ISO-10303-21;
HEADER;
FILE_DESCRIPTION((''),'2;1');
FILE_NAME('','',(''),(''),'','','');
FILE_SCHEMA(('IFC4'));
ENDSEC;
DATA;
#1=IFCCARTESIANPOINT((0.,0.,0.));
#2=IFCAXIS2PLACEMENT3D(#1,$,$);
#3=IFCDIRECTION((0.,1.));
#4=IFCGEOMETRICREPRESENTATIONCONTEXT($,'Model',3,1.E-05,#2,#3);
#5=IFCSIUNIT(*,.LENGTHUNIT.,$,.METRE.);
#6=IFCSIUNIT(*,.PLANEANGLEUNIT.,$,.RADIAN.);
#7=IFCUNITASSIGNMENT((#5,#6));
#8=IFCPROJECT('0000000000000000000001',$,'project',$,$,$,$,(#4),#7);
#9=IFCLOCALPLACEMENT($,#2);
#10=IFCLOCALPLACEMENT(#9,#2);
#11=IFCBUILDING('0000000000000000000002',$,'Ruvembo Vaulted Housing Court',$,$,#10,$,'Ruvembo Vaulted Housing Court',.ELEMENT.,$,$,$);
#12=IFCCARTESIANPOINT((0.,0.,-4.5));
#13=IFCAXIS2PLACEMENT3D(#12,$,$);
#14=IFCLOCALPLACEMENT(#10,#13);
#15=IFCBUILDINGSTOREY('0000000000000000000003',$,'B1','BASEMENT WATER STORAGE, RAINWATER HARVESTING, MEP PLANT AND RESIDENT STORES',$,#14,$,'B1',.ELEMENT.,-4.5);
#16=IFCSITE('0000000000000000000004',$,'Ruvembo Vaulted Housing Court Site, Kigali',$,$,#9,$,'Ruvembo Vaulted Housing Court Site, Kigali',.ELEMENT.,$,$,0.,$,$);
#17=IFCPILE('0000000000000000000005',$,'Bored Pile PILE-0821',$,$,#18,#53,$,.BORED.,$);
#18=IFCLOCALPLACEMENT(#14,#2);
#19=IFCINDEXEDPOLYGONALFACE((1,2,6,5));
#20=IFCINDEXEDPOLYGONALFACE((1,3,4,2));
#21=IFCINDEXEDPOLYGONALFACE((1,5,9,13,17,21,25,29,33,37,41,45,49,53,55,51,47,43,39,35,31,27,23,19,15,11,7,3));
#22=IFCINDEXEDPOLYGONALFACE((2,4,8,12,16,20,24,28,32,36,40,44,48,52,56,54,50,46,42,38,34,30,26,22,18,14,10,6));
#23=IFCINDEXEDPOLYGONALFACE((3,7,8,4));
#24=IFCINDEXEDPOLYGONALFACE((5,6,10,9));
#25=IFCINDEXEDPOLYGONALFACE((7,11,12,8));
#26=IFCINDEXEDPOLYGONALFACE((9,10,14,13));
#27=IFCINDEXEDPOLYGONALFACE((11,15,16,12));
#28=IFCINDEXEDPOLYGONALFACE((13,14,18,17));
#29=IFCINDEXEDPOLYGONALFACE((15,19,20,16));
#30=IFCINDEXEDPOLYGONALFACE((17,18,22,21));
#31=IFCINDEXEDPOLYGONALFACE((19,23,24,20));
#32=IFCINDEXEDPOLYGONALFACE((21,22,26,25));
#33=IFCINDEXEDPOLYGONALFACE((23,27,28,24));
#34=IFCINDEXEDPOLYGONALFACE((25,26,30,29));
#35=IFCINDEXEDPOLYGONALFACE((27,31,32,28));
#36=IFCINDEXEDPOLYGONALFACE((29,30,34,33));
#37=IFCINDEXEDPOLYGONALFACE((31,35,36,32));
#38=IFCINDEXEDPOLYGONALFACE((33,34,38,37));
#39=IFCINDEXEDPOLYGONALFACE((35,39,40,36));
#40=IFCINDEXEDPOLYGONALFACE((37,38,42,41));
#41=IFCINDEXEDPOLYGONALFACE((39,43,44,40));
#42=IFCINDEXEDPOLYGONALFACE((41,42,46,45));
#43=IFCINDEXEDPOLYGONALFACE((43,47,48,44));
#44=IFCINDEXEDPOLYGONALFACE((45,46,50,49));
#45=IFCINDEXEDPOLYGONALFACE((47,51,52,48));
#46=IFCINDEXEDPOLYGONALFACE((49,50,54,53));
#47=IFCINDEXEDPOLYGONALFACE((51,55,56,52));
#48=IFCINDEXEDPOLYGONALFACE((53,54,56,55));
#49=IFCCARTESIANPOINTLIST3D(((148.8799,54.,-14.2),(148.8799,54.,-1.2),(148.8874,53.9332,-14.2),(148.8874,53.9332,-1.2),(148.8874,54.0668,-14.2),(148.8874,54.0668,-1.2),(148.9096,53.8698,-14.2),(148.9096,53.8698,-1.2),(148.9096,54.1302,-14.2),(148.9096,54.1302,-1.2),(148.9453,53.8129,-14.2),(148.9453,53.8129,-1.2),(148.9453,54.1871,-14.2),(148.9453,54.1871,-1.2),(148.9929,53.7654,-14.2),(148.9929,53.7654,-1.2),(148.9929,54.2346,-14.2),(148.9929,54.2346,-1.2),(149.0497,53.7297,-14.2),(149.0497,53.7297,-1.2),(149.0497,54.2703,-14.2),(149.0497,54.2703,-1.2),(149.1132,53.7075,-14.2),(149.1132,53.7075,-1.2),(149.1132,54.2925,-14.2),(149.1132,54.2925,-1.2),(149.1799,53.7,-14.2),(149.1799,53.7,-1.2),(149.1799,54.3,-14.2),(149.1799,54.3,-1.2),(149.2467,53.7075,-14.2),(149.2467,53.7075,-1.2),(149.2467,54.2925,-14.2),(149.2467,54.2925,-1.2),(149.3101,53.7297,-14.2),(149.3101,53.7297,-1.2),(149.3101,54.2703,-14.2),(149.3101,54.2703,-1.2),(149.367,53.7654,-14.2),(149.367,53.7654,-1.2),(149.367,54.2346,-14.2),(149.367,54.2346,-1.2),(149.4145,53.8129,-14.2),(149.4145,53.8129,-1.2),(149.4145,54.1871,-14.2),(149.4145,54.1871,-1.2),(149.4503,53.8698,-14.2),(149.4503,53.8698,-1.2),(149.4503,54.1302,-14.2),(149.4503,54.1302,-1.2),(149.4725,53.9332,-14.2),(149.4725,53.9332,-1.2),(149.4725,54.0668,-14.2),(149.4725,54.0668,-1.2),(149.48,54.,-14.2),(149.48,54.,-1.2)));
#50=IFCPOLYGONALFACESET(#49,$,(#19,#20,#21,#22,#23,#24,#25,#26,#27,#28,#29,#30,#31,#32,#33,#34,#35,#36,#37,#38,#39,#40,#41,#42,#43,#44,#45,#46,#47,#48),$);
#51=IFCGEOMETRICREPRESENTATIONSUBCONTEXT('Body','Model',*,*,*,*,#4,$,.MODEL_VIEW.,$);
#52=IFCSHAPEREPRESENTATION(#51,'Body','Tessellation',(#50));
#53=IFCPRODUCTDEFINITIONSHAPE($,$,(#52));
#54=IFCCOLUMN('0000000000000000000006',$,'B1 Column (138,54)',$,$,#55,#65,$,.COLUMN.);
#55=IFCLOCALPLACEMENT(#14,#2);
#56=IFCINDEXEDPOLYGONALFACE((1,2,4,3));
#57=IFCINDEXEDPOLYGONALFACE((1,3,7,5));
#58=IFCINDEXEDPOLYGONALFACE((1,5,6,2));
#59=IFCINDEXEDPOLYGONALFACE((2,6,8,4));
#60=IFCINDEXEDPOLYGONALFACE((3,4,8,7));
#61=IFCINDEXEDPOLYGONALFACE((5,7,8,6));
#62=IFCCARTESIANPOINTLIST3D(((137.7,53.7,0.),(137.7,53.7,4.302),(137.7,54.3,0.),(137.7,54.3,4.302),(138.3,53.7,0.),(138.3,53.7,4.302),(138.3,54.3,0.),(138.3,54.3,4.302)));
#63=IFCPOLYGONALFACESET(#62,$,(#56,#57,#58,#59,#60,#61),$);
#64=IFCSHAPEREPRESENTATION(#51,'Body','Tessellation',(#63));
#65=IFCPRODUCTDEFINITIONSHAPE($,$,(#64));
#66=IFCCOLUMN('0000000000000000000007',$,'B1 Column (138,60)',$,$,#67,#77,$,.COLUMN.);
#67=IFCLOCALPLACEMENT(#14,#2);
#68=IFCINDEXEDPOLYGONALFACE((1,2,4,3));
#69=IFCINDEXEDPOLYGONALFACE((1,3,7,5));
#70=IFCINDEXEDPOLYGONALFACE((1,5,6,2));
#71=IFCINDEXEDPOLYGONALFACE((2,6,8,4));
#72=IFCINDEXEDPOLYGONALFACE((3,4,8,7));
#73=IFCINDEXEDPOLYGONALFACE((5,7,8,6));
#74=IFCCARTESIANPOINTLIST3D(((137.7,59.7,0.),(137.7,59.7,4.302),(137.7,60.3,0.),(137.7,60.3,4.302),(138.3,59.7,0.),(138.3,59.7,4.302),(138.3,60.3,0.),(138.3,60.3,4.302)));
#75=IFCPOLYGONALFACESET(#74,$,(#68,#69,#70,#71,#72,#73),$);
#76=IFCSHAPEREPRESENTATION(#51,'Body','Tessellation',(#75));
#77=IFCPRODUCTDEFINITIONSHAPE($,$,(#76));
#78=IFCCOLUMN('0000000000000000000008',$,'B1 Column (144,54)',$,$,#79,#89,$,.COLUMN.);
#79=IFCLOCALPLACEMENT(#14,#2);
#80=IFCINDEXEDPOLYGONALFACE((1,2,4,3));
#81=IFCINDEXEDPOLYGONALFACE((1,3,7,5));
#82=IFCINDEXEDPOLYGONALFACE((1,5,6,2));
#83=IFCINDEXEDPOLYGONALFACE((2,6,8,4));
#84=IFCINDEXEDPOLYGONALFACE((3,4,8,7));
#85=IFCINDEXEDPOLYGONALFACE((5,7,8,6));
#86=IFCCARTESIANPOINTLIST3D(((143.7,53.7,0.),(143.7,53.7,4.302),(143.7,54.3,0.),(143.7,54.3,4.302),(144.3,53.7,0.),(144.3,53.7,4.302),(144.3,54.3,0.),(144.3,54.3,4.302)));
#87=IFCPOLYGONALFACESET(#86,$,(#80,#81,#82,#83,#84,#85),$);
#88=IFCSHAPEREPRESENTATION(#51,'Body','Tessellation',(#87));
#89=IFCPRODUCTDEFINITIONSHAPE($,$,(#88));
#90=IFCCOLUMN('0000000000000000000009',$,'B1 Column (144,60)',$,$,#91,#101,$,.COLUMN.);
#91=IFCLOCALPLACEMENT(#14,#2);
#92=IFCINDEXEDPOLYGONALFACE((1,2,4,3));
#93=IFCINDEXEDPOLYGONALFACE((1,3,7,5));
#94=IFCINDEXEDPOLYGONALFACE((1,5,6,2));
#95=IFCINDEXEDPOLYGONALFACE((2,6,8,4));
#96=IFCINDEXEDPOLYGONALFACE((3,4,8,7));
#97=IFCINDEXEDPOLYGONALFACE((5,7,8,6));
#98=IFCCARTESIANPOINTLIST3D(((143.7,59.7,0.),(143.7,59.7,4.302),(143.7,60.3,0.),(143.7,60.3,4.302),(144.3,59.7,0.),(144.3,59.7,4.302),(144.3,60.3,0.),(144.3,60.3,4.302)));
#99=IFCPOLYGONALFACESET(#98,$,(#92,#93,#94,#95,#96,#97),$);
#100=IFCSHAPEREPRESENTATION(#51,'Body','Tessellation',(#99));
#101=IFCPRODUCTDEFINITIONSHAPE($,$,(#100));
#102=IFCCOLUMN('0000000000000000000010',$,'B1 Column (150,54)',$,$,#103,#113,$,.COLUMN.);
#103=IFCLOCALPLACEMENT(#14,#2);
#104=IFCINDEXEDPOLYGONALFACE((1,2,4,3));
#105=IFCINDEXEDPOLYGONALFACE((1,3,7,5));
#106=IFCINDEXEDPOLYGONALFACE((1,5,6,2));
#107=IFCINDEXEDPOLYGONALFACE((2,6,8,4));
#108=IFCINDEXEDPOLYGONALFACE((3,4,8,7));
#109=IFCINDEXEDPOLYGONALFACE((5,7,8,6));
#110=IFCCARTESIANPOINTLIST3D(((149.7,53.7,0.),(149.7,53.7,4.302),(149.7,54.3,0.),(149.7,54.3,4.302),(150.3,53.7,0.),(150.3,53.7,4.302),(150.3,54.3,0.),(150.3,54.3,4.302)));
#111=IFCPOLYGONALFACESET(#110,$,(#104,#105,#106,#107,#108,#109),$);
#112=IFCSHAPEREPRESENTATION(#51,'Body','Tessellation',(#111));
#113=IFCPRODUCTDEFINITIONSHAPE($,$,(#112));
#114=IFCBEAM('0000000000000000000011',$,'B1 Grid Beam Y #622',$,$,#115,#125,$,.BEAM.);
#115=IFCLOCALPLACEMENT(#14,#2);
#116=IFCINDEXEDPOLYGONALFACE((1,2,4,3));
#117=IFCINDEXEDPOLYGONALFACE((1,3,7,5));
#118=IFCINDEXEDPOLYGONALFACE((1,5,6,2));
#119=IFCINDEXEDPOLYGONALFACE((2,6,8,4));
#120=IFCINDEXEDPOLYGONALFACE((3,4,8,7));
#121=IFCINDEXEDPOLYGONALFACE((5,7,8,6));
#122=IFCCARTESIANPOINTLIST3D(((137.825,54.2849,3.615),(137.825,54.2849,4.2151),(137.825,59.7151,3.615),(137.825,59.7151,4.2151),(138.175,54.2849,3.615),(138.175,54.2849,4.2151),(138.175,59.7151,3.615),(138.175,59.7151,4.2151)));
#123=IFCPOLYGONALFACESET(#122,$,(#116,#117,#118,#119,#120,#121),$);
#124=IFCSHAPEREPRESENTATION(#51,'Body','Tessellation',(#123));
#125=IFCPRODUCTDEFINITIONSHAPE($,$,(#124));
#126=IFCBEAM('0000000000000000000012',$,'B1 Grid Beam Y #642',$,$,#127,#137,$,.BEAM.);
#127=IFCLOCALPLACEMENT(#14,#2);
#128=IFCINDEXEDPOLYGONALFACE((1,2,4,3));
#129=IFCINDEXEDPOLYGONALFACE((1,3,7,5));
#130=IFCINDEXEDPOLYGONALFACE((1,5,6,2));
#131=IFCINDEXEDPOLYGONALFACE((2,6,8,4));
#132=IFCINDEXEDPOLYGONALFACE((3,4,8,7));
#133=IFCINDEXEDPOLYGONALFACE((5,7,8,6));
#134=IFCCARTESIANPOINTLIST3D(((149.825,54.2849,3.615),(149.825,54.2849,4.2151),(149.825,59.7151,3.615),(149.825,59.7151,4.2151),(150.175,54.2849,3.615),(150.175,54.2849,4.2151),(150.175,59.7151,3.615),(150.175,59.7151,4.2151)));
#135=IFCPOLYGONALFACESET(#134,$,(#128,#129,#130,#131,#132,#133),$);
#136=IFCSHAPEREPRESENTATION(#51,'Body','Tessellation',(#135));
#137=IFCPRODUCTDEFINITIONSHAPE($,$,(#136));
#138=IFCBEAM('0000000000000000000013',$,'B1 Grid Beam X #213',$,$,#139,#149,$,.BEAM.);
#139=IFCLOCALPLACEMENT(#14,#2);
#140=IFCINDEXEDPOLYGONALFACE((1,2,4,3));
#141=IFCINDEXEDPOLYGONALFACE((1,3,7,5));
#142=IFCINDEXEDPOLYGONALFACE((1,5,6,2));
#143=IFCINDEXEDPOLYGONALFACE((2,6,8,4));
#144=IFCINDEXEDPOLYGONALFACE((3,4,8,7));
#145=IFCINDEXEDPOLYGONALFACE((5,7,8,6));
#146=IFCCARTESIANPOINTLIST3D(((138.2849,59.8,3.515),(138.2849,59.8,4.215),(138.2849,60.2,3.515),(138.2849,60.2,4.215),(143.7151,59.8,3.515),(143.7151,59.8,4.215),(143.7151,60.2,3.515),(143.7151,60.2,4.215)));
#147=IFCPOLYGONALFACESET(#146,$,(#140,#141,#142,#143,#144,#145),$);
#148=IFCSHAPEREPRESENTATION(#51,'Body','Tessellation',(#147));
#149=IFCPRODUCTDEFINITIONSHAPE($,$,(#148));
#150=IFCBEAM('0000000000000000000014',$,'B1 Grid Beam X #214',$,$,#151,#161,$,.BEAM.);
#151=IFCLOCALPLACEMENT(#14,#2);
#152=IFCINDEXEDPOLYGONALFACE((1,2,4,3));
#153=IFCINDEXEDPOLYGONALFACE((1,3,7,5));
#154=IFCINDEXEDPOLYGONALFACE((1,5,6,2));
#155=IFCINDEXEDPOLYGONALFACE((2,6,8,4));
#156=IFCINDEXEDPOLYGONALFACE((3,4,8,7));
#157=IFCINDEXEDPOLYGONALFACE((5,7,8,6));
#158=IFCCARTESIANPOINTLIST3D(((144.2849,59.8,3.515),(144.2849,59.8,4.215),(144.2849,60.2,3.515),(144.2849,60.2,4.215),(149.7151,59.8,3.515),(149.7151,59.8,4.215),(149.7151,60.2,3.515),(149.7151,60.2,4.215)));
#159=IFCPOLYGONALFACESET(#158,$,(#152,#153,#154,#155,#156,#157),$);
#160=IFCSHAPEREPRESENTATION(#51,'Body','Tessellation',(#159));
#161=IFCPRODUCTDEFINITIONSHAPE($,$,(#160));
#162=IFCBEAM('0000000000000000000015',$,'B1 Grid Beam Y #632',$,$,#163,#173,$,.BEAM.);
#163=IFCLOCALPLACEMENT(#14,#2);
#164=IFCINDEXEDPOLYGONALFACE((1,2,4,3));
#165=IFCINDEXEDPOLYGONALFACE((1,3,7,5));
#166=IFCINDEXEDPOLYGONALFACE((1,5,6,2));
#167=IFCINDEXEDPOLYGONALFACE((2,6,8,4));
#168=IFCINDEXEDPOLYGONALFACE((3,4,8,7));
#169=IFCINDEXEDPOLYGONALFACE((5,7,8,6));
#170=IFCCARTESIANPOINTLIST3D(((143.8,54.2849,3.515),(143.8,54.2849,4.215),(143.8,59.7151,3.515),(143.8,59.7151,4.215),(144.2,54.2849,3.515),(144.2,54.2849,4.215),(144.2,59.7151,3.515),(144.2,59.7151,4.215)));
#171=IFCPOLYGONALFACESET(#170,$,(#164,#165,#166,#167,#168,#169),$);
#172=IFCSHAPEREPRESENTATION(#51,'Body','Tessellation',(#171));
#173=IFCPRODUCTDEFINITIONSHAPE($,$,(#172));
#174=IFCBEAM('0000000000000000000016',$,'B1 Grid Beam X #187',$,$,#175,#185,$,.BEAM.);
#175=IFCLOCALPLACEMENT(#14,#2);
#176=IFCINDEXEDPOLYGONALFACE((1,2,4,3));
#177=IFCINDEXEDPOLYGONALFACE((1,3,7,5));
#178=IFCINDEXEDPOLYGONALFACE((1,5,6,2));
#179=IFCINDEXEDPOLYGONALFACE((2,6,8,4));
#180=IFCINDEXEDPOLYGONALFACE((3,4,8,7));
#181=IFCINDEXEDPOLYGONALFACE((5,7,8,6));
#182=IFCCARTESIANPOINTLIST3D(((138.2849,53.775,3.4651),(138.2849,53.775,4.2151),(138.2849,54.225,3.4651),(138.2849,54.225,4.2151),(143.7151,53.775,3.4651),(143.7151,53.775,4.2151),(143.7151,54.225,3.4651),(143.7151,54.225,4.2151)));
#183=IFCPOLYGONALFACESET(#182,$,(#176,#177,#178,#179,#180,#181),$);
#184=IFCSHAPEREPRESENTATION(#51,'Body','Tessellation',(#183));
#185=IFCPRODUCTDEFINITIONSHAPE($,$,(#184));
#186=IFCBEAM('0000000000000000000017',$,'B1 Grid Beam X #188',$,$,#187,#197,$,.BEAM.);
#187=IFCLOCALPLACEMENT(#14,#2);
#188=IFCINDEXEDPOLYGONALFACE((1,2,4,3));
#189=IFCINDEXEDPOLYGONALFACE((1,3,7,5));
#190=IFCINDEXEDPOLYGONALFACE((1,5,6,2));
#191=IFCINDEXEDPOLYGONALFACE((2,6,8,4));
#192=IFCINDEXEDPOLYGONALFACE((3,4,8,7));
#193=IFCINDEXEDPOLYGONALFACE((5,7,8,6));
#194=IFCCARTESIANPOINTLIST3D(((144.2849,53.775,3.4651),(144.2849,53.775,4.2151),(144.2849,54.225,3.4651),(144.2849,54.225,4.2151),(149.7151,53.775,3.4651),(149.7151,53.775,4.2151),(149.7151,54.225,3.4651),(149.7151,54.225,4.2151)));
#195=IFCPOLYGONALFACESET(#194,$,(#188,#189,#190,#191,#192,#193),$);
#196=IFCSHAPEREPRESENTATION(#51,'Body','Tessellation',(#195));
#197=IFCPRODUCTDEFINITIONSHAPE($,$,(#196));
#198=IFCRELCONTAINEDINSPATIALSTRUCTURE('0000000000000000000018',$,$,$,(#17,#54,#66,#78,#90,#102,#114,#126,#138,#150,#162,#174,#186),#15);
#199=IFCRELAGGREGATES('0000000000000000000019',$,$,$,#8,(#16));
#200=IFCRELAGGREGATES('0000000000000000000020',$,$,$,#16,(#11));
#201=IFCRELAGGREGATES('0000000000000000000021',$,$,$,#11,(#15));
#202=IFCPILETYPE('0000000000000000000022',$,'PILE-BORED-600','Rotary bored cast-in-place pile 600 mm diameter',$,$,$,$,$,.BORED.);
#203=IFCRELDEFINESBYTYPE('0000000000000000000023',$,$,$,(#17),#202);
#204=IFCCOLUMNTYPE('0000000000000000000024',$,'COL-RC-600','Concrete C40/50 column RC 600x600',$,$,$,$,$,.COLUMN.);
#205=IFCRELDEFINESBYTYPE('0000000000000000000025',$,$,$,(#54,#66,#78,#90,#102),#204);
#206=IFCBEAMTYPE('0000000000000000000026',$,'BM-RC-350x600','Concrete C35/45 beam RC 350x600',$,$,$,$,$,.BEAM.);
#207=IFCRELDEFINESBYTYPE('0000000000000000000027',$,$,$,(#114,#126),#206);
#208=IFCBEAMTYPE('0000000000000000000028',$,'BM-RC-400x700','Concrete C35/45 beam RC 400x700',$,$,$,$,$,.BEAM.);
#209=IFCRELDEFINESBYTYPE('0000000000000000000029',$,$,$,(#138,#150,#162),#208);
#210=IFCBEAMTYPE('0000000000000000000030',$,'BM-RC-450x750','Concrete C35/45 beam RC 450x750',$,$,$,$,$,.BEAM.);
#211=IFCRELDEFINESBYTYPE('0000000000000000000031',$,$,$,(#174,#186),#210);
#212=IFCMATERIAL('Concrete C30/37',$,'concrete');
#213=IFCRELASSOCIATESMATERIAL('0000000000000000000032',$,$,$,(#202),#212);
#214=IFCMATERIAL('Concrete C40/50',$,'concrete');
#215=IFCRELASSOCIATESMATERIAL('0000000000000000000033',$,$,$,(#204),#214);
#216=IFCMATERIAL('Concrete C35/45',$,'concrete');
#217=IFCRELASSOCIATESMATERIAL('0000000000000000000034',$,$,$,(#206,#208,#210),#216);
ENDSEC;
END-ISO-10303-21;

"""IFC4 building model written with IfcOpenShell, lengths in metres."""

from ifc_helpers import new_model, si_unit, direction, frame, origin, origin_2d, place, context, subcontext, project, spatial, rectangle, circle, extrude, material, material_profile, profile_set, type_object, element, save


model = new_model("IFC4")

# Units and contexts
model_context = context("Model", 3, precision=1e-05, world=origin(), true_north=direction((0.0, 1.0)))
body_context = subcontext(model_context, "Body", "Model", "MODEL_VIEW")
ifc_project = project(units=[si_unit("LENGTHUNIT", "METRE"), si_unit("PLANEANGLEUNIT", "RADIAN")], contexts=[model_context])

# Site, building, storey
site_placement = place(None, origin())
site = spatial("IfcSite", under=ifc_project, at=site_placement, Name="Ruvembo Vaulted Housing Court Site, Kigali", LongName="Ruvembo Vaulted Housing Court Site, Kigali", CompositionType="ELEMENT", RefElevation=0.0)
building_placement = place(site_placement, origin())
building = spatial("IfcBuilding", under=site, at=building_placement, Name="Ruvembo Vaulted Housing Court", LongName="Ruvembo Vaulted Housing Court", CompositionType="ELEMENT")
storey_placement = place(building_placement, frame((0.0, 0.0, -4.5)))
storey = spatial("IfcBuildingStorey", under=building, at=storey_placement, Name="B1", Description="BASEMENT WATER STORAGE, RAINWATER HARVESTING, MEP PLANT AND RESIDENT STORES", LongName="B1", CompositionType="ELEMENT", Elevation=-4.5)

# Shared definitions
ifc_material_1 = material(Name="Concrete C35/45", Category="concrete")

# Pile
ifc_material_2 = material(Name="Concrete C30/37", Category="concrete")
ifc_material_profile_1 = material_profile(ifc_material_2, circle(Radius=0.3, at=origin_2d()), Name="PILE D600")
ifc_profile_set_1 = profile_set([ifc_material_profile_1], Name="Concrete C30/37")
pile_type = type_object("IfcPileType", Name="PILE-BORED-600", Description="Rotary bored cast-in-place pile 600 mm diameter", PredefinedType="BORED", material=ifc_profile_set_1)
for number, where, z_axis, x_axis, name in (
    (1, (149.1799, 54.0, -1.2), (0.0, 0.0, -1.0), (1.0, 0.0, 0.0), "Bored Pile PILE-0821"),
):
    element("IfcPile", number, at=place(storey_placement, frame(where, z_axis=z_axis, x_axis=x_axis)), inside=storey, type_object=pile_type, Name=name, PredefinedType="BORED", context=body_context, shape_type="SweptSolid", body=[
        extrude(circle(Radius=0.3, at=origin_2d()), origin(), (0.0, 0.0, 1.0), 13.0),
    ])

# Columns
ifc_material_3 = material(Name="Concrete C40/50", Category="concrete")
ifc_material_profile_2 = material_profile(ifc_material_3, rectangle(XDim=0.6001, YDim=0.6001, at=origin_2d()), Name="RC 600x600")
ifc_profile_set_2 = profile_set([ifc_material_profile_2], Name="Concrete C40/50")
column_type = type_object("IfcColumnType", Name="COL-RC-600", Description="Concrete C40/50 column RC 600x600", PredefinedType="COLUMN", material=ifc_profile_set_2)
for number, where, z_axis, x_axis, name in (
    (2, (138.0, 54.0, 0.0), (0.0, 0.0, 1.0), (1.0, 0.0, 0.0), "B1 Column (138,54)"),
    (3, (138.0, 60.0, 0.0), (0.0, 0.0, 1.0), (1.0, 0.0, 0.0), "B1 Column (138,60)"),
    (4, (144.0, 54.0, 0.0), (0.0, 0.0, 1.0), (1.0, 0.0, 0.0), "B1 Column (144,54)"),
    (5, (144.0, 60.0, 0.0), (0.0, 0.0, 1.0), (1.0, 0.0, 0.0), "B1 Column (144,60)"),
    (6, (150.0, 54.0, 0.0), (0.0, 0.0, 1.0), (1.0, 0.0, 0.0), "B1 Column (150,54)"),
):
    element("IfcColumn", number, at=place(storey_placement, frame(where, z_axis=z_axis, x_axis=x_axis)), inside=storey, type_object=column_type, Name=name, PredefinedType="COLUMN", context=body_context, shape_type="SweptSolid", body=[
        extrude(rectangle(XDim=0.6001, YDim=0.6001, at=origin_2d()), origin(), (0.0, 0.0, 1.0), 4.302),
    ])

# Beams
ifc_material_profile_3 = material_profile(ifc_material_1, rectangle(XDim=0.3501, YDim=0.6001, at=origin_2d()), Name="RC 350x600")
ifc_profile_set_3 = profile_set([ifc_material_profile_3], Name="Concrete C35/45")
beam_type_1 = type_object("IfcBeamType", Name="BM-RC-350x600", Description="Concrete C35/45 beam RC 350x600", PredefinedType="BEAM", material=ifc_profile_set_3)
for number, where, z_axis, x_axis, name in (
    (7, (138.0, 54.2849, 3.915), (0.0, 1.0, 0.0), (-1.0, 0.0, 0.0), "B1 Grid Beam Y #622"),
    (8, (150.0, 54.2849, 3.915), (0.0, 1.0, 0.0), (-1.0, 0.0, 0.0), "B1 Grid Beam Y #642"),
):
    element("IfcBeam", number, at=place(storey_placement, frame(where, z_axis=z_axis, x_axis=x_axis)), inside=storey, type_object=beam_type_1, Name=name, PredefinedType="BEAM", context=body_context, shape_type="SweptSolid", body=[
        extrude(rectangle(XDim=0.3501, YDim=0.6001, at=origin_2d()), origin(), (0.0, 0.0, 1.0), 5.4302),
    ])
ifc_material_profile_4 = material_profile(ifc_material_1, rectangle(XDim=0.3999, YDim=0.7, at=origin_2d()), Name="RC 400x700")
ifc_profile_set_4 = profile_set([ifc_material_profile_4], Name="Concrete C35/45")
beam_type_2 = type_object("IfcBeamType", Name="BM-RC-400x700", Description="Concrete C35/45 beam RC 400x700", PredefinedType="BEAM", material=ifc_profile_set_4)
for number, where, z_axis, x_axis, name in (
    (9, (138.2849, 60.0, 3.865), (1.0, 0.0, 0.0), (0.0, 1.0, 0.0), "B1 Grid Beam X #213"),
    (10, (144.2849, 60.0, 3.865), (1.0, 0.0, 0.0), (0.0, 1.0, 0.0), "B1 Grid Beam X #214"),
    (11, (144.0, 54.2849, 3.865), (0.0, 1.0, 0.0), (-1.0, 0.0, 0.0), "B1 Grid Beam Y #632"),
):
    element("IfcBeam", number, at=place(storey_placement, frame(where, z_axis=z_axis, x_axis=x_axis)), inside=storey, type_object=beam_type_2, Name=name, PredefinedType="BEAM", context=body_context, shape_type="SweptSolid", body=[
        extrude(rectangle(XDim=0.3999, YDim=0.7, at=origin_2d()), origin(), (0.0, 0.0, 1.0), 5.4302),
    ])
ifc_material_profile_5 = material_profile(ifc_material_1, rectangle(XDim=0.45, YDim=0.75, at=origin_2d()), Name="RC 450x750")
ifc_profile_set_5 = profile_set([ifc_material_profile_5], Name="Concrete C35/45")
beam_type_3 = type_object("IfcBeamType", Name="BM-RC-450x750", Description="Concrete C35/45 beam RC 450x750", PredefinedType="BEAM", material=ifc_profile_set_5)
for number, where, z_axis, x_axis, name in (
    (12, (138.2849, 54.0, 3.8401), (1.0, 0.0, 0.0), (0.0, 1.0, 0.0), "B1 Grid Beam X #187"),
    (13, (144.2849, 54.0, 3.8401), (1.0, 0.0, 0.0), (0.0, 1.0, 0.0), "B1 Grid Beam X #188"),
):
    element("IfcBeam", number, at=place(storey_placement, frame(where, z_axis=z_axis, x_axis=x_axis)), inside=storey, type_object=beam_type_3, Name=name, PredefinedType="BEAM", context=body_context, shape_type="SweptSolid", body=[
        extrude(rectangle(XDim=0.45, YDim=0.75, at=origin_2d()), origin(), (0.0, 0.0, 1.0), 5.4302),
    ])

save(model, "model.ifc")
